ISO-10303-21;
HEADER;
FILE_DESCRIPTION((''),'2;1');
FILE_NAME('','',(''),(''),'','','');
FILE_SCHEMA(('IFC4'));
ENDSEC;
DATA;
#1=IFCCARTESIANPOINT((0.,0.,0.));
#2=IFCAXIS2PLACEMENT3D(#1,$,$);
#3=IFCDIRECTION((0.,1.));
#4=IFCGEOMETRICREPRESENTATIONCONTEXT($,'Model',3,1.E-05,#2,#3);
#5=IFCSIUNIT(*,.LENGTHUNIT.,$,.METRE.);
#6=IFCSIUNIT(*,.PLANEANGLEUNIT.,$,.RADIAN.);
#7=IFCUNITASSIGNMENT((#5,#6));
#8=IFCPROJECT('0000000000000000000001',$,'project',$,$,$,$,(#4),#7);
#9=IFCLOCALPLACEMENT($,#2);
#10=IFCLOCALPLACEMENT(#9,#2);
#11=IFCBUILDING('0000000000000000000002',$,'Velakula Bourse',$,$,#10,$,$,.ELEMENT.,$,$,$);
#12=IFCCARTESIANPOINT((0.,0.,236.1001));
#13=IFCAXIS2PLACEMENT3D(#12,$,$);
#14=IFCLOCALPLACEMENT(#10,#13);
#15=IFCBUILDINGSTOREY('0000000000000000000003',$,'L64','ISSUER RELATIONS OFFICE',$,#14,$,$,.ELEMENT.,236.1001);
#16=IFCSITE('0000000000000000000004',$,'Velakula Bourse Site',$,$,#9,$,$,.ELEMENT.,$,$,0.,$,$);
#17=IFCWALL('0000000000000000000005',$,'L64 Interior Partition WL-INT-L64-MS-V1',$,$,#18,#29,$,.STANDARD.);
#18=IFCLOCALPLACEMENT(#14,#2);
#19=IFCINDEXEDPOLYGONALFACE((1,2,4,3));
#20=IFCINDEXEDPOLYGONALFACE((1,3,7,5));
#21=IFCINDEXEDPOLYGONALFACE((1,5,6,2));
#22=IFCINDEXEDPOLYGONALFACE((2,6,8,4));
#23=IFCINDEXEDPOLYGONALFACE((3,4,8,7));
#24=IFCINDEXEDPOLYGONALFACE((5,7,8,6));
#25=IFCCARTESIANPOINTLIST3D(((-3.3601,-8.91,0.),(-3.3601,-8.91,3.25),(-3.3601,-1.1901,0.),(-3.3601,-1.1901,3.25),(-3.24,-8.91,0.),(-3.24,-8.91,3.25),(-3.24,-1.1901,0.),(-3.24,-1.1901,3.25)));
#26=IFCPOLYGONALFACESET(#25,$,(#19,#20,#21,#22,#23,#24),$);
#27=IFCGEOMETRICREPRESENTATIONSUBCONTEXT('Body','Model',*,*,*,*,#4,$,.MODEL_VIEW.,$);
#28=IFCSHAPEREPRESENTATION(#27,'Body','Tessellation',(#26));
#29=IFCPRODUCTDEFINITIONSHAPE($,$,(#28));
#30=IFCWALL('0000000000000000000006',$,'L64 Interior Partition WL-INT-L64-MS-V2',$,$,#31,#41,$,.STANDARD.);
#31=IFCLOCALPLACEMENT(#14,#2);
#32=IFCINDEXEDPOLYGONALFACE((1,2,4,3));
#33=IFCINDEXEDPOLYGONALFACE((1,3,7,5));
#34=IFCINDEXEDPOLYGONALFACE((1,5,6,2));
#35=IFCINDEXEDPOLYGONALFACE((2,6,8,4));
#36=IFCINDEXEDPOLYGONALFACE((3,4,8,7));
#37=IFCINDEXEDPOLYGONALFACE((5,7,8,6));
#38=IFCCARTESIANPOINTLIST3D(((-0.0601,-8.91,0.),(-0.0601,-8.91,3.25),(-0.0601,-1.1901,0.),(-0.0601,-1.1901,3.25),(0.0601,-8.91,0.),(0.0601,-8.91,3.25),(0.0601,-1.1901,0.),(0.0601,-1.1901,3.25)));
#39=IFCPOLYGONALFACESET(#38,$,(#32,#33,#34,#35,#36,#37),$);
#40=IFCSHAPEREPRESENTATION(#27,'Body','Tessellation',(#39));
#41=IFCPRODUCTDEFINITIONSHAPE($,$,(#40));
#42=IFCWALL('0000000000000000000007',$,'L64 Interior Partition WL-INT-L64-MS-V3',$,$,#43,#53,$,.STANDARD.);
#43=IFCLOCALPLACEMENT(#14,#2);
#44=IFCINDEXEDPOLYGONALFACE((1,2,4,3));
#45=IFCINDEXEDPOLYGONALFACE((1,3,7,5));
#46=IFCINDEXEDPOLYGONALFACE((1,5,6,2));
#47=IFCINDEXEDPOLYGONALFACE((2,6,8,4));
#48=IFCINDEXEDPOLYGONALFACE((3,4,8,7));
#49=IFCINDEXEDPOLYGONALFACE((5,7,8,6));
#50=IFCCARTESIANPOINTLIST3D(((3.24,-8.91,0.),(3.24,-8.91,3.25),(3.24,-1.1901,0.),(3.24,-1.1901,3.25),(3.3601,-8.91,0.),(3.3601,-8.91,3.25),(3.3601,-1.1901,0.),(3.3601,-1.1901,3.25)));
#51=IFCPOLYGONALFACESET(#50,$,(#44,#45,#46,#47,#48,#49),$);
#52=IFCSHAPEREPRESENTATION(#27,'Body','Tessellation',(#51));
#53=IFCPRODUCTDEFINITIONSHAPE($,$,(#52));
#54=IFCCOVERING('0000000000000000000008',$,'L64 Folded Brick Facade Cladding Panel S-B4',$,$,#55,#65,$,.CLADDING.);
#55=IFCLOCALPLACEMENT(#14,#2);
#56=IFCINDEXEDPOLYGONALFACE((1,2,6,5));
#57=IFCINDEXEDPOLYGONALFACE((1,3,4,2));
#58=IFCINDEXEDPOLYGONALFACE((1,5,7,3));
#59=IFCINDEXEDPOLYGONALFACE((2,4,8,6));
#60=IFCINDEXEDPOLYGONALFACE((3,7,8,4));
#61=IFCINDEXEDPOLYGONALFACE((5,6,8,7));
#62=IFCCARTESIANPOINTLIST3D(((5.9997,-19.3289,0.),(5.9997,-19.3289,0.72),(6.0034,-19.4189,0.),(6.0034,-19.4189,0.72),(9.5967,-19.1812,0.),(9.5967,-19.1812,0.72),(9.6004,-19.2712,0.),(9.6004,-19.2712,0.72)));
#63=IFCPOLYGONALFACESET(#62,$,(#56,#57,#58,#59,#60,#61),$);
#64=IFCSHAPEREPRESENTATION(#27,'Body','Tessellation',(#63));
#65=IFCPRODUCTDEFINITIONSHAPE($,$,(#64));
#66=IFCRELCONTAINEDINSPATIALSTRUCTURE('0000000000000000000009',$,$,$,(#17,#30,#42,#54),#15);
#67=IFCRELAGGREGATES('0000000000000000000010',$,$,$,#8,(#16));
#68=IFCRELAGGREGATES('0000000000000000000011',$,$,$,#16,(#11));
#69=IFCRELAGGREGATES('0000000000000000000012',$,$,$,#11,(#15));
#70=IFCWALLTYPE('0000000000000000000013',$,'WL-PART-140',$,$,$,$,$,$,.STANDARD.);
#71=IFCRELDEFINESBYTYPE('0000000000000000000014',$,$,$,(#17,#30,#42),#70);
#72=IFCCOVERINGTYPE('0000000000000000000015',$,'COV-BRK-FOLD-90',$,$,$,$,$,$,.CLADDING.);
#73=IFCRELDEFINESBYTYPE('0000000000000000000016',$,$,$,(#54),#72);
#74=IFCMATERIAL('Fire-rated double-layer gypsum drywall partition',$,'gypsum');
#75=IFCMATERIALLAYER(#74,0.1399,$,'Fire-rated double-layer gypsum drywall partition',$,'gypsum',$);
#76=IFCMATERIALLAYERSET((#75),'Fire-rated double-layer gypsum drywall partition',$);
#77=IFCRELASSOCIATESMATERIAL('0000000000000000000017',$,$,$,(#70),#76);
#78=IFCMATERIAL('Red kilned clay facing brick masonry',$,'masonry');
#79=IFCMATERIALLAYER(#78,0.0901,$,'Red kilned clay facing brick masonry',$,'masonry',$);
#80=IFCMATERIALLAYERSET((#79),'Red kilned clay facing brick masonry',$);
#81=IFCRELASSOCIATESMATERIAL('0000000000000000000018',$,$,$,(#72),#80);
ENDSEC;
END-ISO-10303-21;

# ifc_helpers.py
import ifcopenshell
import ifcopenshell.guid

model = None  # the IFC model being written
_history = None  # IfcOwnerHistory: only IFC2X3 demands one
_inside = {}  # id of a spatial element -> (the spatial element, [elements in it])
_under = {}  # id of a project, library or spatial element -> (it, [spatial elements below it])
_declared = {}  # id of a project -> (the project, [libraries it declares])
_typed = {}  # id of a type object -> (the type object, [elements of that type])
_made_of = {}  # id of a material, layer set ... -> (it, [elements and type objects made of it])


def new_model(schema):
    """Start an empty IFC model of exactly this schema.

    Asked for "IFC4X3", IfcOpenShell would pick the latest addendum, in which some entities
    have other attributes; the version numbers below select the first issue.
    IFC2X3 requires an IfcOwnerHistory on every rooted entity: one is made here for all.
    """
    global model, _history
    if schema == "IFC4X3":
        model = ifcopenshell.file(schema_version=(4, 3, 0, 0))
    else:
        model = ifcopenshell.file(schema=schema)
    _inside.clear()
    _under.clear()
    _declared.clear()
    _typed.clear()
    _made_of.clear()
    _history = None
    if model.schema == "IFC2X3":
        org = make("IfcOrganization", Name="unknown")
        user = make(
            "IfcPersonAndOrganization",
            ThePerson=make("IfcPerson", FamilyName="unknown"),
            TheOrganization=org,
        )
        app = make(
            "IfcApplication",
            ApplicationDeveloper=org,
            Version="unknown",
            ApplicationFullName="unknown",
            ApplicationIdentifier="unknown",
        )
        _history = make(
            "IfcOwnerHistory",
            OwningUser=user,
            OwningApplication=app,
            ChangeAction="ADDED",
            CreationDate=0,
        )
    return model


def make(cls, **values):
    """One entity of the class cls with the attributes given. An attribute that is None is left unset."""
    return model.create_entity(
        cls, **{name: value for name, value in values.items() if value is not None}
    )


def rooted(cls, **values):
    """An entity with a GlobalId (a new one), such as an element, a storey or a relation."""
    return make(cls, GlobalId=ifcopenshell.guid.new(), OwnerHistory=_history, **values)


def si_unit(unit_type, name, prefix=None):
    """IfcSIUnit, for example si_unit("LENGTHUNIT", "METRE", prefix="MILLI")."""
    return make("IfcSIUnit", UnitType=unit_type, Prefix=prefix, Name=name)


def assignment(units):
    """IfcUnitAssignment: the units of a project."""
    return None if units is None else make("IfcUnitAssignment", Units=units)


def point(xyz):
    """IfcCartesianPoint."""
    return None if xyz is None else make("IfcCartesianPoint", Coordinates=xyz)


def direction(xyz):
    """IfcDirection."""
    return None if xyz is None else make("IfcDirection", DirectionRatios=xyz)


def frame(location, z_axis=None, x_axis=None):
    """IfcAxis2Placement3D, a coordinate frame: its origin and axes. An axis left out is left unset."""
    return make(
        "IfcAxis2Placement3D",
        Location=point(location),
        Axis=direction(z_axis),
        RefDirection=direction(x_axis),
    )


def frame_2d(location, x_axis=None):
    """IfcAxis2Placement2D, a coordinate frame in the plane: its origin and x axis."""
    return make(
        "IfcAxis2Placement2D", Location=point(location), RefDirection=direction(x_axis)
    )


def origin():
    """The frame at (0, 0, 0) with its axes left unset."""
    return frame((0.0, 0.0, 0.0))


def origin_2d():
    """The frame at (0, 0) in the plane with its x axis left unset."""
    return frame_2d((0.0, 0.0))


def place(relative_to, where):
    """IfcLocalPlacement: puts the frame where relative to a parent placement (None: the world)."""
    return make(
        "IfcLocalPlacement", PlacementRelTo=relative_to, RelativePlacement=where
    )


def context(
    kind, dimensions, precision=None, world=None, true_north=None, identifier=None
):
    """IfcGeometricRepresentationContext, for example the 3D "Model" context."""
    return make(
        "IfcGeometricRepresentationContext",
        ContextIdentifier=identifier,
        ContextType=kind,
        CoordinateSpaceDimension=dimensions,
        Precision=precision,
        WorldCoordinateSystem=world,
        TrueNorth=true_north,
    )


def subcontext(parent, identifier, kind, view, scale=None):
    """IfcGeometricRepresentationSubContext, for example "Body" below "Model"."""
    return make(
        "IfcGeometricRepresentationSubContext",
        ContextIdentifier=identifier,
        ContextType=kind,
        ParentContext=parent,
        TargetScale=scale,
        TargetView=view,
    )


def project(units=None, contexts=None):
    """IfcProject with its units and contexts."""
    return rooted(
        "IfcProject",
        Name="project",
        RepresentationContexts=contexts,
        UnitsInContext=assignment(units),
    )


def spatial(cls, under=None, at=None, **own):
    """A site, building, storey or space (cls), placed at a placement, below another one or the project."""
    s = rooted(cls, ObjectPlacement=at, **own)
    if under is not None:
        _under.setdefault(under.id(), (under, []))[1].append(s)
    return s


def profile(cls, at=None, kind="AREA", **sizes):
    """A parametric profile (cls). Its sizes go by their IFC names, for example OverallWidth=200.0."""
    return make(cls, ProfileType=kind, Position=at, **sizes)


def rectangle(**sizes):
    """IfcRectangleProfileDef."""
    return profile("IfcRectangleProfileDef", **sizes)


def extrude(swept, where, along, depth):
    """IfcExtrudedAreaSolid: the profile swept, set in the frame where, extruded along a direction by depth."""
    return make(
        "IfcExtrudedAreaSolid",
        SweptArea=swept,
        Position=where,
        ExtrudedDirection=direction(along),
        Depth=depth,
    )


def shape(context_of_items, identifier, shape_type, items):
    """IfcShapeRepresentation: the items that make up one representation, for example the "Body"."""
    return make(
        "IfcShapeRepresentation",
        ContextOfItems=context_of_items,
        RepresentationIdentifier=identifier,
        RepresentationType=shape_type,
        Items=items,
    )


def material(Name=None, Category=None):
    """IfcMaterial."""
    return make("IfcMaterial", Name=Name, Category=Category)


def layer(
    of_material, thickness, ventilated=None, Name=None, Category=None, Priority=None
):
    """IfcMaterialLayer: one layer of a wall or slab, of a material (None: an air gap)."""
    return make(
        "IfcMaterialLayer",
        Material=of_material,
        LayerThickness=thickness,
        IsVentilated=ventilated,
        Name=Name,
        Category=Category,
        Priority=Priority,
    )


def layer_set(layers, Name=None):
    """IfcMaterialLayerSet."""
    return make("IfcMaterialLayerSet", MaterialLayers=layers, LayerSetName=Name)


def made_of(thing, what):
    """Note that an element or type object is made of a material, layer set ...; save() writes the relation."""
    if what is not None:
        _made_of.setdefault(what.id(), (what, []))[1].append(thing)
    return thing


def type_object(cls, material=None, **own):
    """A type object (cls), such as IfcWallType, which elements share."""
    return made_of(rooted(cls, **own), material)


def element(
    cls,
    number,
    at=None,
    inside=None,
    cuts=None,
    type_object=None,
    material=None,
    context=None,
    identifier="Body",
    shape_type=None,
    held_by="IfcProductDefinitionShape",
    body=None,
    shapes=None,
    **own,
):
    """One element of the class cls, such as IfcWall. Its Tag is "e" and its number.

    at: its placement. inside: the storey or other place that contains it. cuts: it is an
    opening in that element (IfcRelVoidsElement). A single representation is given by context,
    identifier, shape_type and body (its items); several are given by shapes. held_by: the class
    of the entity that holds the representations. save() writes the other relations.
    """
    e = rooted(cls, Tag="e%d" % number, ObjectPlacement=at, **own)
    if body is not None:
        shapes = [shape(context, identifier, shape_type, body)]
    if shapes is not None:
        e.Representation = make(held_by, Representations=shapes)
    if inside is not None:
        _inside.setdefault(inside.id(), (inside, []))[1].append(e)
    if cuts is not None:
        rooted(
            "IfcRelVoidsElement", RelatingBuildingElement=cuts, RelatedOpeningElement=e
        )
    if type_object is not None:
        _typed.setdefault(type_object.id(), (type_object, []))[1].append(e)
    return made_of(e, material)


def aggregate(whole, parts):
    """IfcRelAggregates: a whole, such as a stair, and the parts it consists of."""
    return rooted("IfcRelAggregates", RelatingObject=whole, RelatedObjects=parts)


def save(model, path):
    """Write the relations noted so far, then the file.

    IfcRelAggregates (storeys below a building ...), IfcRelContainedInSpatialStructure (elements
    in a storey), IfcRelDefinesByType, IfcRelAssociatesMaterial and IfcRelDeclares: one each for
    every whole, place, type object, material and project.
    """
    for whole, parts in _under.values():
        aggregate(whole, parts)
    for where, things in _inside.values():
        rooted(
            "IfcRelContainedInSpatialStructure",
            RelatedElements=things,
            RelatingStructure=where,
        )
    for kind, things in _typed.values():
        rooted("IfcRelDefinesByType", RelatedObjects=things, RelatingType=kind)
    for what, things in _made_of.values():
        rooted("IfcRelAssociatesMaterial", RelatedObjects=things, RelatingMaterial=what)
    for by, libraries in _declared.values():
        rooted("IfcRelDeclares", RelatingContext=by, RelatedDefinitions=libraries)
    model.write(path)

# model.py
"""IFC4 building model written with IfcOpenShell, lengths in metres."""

from ifc_helpers import new_model, si_unit, direction, frame, frame_2d, origin, origin_2d, place, context, subcontext, project, spatial, rectangle, extrude, material, layer, layer_set, type_object, element, save


model = new_model("IFC4")

# Units and contexts
model_context = context("Model", 3, precision=1e-05, world=origin(), true_north=direction((0.0, 1.0)))
body_context = subcontext(model_context, "Body", "Model", "MODEL_VIEW")
ifc_project = project(units=[si_unit("LENGTHUNIT", "METRE"), si_unit("PLANEANGLEUNIT", "RADIAN")], contexts=[model_context])

# Site, building, storey
site_placement = place(None, origin())
site = spatial("IfcSite", under=ifc_project, at=site_placement, Name="Velakula Bourse Site", CompositionType="ELEMENT", RefElevation=0.0)
building_placement = place(site_placement, origin())
building = spatial("IfcBuilding", under=site, at=building_placement, Name="Velakula Bourse", CompositionType="ELEMENT")
storey_placement = place(building_placement, frame((0.0, 0.0, 236.1001)))
storey = spatial("IfcBuildingStorey", under=building, at=storey_placement, Name="L64", Description="ISSUER RELATIONS OFFICE", CompositionType="ELEMENT", Elevation=236.1001)

# Walls
ifc_material_1 = material(Name="Fire-rated double-layer gypsum drywall partition", Category="gypsum")
ifc_layer_1 = layer(ifc_material_1, 0.1399, Name="Fire-rated double-layer gypsum drywall partition", Category="gypsum")
ifc_layer_set_1 = layer_set([ifc_layer_1], Name="Fire-rated double-layer gypsum drywall partition")
wall_type_1 = type_object("IfcWallType", Name="WL-PART-140", PredefinedType="STANDARD", material=ifc_layer_set_1)
for number, where, z_axis, x_axis, name in (
    (1, (-3.3, -8.9099, 0.0), (0.0, 0.0, 1.0), (0.0, 1.0, 0.0), "L64 Interior Partition WL-INT-L64-MS-V1"),
    (2, (0.0, -8.9099, 0.0), (0.0, 0.0, 1.0), (0.0, 1.0, 0.0), "L64 Interior Partition WL-INT-L64-MS-V2"),
    (3, (3.3, -8.9099, 0.0), (0.0, 0.0, 1.0), (0.0, 1.0, 0.0), "L64 Interior Partition WL-INT-L64-MS-V3"),
):
    element("IfcWall", number, at=place(storey_placement, frame(where, z_axis=z_axis, x_axis=x_axis)), inside=storey, type_object=wall_type_1, Name=name, PredefinedType="STANDARD", context=body_context, shape_type="SweptSolid", body=[
        extrude(rectangle(XDim=7.72, YDim=0.1201, at=frame_2d((3.8599, 0.0))), origin(), (0.0, 0.0, 1.0), 3.25),
    ])

# Covering
ifc_material_2 = material(Name="Red kilned clay facing brick masonry", Category="masonry")
ifc_layer_2 = layer(ifc_material_2, 0.0901, Name="Red kilned clay facing brick masonry", Category="masonry")
ifc_layer_set_2 = layer_set([ifc_layer_2], Name="Red kilned clay facing brick masonry")
covering_type = type_object("IfcCoveringType", Name="COV-BRK-FOLD-90", PredefinedType="CLADDING", material=ifc_layer_set_2)
covering_placement = place(storey_placement, frame((7.8, -19.3, 0.0), z_axis=(0.0, 0.0, 1.0), x_axis=(0.999159, 0.041004, 0.0)))
element("IfcCovering", 4, at=covering_placement, inside=storey, type_object=covering_type, Name="L64 Folded Brick Facade Cladding Panel S-B4", PredefinedType="CLADDING", context=body_context, shape_type="SweptSolid", body=[
    extrude(rectangle(XDim=3.6001, YDim=0.0901, at=origin_2d()), origin(), (0.0, 0.0, 1.0), 0.72),
])

save(model, "model.ifc")
